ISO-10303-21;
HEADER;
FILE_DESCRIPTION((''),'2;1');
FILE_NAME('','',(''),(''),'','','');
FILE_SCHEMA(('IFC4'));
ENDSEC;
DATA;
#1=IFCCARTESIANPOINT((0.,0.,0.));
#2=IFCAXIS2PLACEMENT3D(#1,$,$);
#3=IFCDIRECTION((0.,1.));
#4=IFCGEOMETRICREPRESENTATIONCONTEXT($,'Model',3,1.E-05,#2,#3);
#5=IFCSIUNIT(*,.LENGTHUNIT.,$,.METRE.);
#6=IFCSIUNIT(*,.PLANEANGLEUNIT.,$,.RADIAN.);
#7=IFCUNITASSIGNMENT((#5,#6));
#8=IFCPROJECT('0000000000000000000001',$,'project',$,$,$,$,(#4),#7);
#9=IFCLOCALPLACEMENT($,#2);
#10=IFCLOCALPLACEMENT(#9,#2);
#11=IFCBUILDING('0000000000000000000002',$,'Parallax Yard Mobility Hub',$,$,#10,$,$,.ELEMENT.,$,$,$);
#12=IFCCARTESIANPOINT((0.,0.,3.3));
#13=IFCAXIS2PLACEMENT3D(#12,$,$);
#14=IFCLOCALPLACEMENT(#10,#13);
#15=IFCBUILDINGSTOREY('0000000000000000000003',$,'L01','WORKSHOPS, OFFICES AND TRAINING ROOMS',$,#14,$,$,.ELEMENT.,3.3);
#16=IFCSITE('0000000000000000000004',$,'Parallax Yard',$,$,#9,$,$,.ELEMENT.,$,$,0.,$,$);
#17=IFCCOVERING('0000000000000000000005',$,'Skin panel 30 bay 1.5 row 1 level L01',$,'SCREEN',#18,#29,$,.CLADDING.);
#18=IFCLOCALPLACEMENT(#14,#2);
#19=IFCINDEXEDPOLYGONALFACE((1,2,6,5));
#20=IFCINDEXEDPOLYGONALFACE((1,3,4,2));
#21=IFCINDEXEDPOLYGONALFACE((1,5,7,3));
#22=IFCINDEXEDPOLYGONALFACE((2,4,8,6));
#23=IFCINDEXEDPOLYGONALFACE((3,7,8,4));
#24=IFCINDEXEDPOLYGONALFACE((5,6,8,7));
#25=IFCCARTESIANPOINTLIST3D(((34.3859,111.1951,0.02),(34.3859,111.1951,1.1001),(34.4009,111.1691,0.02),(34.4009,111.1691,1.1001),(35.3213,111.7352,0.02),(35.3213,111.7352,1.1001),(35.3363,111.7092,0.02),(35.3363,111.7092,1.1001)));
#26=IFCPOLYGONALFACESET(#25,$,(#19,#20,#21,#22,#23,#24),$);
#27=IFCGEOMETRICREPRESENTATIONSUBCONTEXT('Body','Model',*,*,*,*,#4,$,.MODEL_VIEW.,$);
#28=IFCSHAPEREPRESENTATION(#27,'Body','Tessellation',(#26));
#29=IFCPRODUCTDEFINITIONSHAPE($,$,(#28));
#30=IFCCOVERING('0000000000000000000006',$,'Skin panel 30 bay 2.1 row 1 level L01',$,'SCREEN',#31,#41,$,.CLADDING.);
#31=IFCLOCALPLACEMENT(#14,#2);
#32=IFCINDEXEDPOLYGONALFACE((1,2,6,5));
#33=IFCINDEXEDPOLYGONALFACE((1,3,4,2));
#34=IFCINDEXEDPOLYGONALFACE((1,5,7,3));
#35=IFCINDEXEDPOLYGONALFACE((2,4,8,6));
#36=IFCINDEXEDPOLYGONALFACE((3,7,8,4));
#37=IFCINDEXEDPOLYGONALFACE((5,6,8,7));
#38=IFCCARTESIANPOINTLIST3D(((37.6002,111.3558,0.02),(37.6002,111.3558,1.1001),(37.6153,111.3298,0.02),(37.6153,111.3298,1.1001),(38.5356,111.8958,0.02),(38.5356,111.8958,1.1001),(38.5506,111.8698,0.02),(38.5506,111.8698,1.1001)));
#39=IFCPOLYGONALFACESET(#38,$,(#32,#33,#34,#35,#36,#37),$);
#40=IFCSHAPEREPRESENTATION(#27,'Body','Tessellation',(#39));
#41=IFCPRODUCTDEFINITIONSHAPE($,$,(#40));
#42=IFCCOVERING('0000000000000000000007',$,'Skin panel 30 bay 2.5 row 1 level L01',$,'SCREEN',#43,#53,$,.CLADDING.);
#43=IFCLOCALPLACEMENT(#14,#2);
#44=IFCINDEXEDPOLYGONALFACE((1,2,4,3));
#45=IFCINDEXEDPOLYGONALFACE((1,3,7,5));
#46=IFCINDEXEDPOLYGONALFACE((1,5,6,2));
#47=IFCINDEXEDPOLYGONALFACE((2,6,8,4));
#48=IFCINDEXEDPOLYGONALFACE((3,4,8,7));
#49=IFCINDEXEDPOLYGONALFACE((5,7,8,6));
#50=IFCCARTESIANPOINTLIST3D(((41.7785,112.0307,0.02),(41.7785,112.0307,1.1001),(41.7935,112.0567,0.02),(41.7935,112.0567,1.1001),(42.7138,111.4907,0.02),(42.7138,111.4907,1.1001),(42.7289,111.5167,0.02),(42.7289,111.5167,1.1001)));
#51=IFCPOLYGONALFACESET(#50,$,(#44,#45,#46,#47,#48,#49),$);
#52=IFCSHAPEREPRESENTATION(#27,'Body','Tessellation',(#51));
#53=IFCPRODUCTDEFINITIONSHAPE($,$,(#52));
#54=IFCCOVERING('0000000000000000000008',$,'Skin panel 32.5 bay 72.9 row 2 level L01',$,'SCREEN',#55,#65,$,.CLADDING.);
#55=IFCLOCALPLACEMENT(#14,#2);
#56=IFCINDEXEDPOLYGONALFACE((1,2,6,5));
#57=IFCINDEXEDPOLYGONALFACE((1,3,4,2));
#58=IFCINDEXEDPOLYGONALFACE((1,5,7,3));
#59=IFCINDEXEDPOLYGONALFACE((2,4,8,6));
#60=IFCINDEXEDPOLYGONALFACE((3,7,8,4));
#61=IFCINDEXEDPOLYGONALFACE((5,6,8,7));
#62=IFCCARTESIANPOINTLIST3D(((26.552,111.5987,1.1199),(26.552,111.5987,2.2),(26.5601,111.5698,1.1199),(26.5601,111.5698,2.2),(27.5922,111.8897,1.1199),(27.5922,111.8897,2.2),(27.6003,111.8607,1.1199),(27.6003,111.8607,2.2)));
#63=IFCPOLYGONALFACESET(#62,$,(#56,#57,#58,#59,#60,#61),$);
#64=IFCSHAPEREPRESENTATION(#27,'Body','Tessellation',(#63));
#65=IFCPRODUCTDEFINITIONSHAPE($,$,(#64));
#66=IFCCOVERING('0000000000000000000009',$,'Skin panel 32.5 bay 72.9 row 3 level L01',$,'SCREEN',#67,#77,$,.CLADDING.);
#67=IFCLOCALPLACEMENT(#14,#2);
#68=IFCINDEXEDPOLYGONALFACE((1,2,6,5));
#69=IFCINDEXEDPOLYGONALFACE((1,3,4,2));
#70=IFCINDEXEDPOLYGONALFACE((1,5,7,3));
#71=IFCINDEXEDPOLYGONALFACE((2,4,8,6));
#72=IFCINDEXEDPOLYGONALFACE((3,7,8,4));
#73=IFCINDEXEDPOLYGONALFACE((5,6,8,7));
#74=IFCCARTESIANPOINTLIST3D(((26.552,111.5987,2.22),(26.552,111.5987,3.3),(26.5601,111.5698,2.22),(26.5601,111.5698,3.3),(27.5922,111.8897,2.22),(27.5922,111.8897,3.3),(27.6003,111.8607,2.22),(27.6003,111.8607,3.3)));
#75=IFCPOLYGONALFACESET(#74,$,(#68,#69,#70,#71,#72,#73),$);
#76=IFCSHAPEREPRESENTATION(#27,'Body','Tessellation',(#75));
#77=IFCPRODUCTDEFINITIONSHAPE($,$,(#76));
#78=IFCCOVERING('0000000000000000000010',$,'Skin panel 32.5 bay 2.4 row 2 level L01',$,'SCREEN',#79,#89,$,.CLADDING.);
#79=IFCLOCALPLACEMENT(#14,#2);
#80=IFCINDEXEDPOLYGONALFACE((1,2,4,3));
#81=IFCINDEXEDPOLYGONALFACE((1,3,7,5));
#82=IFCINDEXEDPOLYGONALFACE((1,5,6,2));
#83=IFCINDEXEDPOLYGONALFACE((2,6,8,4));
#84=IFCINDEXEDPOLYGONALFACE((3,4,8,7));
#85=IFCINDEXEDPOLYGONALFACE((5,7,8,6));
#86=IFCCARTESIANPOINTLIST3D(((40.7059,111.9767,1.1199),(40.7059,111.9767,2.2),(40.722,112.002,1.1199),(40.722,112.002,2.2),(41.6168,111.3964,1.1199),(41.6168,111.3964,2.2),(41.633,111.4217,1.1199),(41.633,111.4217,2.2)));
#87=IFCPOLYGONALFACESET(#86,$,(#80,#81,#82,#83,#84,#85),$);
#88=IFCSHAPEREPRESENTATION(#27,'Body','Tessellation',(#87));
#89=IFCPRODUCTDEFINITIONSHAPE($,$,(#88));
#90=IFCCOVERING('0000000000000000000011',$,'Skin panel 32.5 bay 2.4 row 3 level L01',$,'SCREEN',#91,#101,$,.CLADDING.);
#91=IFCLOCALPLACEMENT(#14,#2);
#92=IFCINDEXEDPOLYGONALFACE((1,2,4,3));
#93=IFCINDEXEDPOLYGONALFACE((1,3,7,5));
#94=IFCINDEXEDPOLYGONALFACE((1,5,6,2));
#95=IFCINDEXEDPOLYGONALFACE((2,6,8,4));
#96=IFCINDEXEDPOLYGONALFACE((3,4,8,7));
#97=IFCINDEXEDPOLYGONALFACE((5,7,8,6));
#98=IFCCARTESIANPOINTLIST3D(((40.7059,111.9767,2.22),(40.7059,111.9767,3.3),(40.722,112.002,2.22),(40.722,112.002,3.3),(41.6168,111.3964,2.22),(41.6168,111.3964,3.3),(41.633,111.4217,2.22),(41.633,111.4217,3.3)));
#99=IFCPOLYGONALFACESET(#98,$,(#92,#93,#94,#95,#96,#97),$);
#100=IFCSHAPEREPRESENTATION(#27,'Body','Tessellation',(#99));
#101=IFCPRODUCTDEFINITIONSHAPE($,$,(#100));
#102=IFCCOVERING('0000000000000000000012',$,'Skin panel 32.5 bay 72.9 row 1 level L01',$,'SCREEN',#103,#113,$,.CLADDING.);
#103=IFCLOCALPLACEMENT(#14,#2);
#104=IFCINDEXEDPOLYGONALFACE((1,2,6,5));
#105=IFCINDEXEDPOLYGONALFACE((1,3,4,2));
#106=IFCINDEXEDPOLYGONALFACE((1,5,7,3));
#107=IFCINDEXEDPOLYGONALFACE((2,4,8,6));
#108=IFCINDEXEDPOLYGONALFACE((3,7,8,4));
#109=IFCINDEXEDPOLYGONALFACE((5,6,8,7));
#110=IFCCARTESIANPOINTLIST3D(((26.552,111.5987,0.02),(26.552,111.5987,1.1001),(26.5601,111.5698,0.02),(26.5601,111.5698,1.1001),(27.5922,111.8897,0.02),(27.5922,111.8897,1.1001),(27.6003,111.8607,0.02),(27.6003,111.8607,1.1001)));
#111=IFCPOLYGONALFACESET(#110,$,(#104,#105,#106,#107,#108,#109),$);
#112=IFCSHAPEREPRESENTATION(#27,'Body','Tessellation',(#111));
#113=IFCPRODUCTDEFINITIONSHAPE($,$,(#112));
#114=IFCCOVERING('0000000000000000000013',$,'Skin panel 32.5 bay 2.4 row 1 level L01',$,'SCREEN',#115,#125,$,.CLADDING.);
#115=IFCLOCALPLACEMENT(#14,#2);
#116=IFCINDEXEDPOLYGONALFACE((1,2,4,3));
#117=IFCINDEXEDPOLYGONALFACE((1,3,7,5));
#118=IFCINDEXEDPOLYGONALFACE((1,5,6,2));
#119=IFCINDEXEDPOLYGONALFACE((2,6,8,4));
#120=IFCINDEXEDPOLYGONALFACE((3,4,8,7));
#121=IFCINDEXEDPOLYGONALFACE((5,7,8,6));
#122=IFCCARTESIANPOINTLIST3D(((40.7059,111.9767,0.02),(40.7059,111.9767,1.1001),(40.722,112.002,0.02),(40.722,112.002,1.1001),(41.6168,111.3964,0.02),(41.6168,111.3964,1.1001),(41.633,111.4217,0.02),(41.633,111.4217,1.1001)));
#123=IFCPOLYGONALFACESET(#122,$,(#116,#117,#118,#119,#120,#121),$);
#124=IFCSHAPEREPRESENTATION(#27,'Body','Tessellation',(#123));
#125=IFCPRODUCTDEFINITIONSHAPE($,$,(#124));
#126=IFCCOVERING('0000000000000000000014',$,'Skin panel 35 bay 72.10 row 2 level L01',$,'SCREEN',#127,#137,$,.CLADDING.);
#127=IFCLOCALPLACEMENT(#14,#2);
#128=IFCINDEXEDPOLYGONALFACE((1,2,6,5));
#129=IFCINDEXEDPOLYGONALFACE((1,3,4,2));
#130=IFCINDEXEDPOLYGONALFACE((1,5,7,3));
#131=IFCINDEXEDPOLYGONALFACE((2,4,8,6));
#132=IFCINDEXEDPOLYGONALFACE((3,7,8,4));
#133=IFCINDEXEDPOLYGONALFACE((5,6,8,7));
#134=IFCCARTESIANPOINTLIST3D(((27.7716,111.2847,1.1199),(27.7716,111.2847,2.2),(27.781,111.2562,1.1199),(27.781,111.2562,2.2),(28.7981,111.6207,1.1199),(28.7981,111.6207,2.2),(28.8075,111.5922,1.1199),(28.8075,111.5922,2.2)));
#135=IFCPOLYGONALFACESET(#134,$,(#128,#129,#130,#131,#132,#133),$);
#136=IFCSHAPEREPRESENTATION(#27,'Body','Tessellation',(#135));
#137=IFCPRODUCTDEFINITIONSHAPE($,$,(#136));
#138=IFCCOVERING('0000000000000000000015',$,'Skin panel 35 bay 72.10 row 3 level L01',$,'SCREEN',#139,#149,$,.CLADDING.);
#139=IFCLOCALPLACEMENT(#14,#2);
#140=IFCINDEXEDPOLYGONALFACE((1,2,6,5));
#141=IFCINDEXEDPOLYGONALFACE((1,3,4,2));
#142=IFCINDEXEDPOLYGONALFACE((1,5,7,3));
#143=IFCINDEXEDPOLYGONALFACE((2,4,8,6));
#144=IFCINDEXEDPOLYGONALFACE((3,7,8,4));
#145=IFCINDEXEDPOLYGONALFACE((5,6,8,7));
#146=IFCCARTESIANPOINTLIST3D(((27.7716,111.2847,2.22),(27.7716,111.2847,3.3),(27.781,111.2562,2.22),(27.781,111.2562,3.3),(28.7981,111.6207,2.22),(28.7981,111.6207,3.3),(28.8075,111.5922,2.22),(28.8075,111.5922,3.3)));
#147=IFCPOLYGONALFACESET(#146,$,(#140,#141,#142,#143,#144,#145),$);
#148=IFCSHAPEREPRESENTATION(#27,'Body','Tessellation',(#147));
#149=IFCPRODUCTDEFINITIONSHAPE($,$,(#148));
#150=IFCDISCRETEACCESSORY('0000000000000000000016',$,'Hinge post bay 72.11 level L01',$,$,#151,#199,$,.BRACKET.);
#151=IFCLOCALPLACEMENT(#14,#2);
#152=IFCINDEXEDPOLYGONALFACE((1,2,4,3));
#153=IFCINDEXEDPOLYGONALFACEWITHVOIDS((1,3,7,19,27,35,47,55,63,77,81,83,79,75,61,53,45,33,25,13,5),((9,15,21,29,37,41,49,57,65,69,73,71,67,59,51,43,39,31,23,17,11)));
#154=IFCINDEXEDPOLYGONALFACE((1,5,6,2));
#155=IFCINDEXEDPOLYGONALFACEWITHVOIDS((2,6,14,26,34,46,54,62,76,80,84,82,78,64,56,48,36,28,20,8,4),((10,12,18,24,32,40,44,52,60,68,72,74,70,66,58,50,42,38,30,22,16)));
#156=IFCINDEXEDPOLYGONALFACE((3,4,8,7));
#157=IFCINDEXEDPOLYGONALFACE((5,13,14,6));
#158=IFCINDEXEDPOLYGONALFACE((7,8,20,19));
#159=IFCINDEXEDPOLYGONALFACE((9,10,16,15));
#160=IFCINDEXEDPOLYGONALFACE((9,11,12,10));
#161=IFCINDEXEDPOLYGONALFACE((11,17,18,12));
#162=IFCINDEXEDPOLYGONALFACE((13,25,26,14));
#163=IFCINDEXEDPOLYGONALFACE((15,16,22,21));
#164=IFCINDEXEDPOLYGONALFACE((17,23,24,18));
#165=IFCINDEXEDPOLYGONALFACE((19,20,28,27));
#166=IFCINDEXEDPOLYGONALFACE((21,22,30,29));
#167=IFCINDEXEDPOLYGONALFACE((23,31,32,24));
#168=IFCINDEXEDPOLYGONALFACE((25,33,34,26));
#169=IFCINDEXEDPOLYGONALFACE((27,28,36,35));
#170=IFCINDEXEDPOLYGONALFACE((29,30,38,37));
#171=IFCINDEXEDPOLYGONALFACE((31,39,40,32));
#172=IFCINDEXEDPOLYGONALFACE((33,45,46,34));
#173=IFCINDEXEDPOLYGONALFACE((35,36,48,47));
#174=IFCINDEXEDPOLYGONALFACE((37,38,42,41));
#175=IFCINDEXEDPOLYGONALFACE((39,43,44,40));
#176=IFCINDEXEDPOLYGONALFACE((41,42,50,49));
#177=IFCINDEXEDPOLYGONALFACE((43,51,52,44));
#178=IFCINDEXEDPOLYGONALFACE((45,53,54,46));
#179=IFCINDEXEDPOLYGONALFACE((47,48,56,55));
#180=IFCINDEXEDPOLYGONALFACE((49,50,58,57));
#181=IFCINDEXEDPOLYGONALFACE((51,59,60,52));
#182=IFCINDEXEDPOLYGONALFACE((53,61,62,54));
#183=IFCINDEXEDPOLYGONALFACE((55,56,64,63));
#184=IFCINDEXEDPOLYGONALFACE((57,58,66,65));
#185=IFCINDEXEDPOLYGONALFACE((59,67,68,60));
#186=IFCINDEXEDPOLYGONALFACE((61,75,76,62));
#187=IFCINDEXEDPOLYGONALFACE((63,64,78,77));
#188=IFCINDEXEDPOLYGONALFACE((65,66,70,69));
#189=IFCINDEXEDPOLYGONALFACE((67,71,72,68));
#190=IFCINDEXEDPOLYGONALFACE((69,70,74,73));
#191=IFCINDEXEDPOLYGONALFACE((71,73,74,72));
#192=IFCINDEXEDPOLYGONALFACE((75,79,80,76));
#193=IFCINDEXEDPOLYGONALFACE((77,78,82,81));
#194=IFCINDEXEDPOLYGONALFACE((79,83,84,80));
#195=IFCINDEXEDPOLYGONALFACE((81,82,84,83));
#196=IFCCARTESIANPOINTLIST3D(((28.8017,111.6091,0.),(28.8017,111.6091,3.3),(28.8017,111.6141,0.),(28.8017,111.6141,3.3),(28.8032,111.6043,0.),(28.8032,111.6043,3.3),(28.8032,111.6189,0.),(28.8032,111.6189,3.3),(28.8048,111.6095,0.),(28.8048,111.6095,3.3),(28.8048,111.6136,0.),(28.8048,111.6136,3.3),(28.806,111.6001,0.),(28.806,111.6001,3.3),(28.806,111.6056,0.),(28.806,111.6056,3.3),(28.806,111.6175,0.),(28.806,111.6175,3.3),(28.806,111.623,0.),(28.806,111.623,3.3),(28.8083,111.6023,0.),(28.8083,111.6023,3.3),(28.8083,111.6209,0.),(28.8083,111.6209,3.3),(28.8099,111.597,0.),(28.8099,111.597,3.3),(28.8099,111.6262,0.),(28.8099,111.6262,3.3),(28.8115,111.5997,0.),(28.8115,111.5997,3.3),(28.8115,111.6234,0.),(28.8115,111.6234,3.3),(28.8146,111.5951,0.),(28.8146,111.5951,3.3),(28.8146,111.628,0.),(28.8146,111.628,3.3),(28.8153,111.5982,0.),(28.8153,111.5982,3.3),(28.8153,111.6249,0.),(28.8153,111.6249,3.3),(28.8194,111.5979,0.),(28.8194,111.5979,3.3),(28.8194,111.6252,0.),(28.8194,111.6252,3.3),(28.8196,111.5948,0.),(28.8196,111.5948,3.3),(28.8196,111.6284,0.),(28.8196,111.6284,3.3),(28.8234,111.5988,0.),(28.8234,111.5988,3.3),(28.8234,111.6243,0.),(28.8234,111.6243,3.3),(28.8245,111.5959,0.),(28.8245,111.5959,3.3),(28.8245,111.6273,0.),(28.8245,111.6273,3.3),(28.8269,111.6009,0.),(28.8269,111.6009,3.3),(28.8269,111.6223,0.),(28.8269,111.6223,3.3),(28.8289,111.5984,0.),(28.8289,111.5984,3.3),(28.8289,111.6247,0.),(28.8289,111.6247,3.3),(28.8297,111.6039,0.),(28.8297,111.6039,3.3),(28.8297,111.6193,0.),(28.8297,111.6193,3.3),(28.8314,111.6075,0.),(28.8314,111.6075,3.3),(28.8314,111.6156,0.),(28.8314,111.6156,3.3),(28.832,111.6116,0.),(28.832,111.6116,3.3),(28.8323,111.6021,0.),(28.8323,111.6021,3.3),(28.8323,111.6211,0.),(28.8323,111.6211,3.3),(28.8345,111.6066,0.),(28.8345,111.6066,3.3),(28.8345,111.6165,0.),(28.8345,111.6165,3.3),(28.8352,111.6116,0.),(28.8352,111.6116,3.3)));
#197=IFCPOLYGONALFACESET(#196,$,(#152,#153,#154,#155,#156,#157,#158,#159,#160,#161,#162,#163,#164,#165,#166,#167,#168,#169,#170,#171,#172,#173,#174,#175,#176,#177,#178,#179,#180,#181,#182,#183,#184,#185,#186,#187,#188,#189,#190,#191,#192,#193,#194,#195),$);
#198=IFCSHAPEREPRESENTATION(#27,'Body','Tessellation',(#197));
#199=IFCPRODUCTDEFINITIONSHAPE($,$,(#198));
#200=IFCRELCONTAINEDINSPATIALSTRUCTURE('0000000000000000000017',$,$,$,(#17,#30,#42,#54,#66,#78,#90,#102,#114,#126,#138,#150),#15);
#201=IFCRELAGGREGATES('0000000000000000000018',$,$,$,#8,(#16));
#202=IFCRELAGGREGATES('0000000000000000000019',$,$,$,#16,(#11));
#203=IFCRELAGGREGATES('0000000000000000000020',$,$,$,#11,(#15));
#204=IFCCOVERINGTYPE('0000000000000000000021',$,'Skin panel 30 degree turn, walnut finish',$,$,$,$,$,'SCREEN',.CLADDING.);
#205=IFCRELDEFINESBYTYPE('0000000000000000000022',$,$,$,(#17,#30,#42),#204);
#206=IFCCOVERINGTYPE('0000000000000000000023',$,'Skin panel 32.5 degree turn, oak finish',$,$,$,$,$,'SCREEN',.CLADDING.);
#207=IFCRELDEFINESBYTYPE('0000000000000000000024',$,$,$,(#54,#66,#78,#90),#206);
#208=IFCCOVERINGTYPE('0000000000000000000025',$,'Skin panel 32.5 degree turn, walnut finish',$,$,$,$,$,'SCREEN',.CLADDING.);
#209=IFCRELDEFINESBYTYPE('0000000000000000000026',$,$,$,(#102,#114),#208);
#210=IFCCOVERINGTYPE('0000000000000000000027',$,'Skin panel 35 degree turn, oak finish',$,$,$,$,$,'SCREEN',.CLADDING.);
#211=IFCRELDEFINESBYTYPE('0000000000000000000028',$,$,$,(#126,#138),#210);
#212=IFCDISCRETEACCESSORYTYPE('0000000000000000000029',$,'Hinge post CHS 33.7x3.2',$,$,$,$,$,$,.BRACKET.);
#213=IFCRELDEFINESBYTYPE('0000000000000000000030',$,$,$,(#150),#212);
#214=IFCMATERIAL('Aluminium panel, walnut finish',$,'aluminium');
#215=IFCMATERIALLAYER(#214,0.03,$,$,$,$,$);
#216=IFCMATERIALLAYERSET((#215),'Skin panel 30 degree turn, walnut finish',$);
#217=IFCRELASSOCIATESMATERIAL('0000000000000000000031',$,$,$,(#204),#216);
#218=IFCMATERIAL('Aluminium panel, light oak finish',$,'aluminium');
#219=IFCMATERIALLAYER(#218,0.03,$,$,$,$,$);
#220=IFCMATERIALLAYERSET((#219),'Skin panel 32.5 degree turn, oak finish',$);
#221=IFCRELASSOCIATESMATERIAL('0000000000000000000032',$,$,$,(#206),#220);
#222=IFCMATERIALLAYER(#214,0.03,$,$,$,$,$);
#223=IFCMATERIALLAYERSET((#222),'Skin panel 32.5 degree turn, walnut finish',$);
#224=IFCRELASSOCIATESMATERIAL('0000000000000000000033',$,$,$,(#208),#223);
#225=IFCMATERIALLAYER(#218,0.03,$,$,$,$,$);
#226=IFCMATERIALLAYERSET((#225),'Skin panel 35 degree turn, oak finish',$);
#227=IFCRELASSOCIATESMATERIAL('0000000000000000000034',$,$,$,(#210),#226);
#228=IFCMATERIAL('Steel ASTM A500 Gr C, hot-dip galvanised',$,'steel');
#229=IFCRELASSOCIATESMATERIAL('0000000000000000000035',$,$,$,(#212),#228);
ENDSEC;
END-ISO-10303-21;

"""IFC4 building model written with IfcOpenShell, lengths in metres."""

from ifc_helpers import new_model, si_unit, direction, frame, origin, origin_2d, place, context, subcontext, project, spatial, rectangle, hollow_circle, extrude, material, layer, layer_set, material_profile, profile_set, type_object, element, save


model = new_model("IFC4")

# Units and contexts
model_context = context("Model", 3, precision=1e-05, world=origin(), true_north=direction((0.0, 1.0)))
body_context = subcontext(model_context, "Body", "Model", "MODEL_VIEW")
ifc_project = project(units=[si_unit("LENGTHUNIT", "METRE"), si_unit("PLANEANGLEUNIT", "RADIAN")], contexts=[model_context])

# Site, building, storey
site_placement = place(None, origin())
site = spatial("IfcSite", under=ifc_project, at=site_placement, Name="Parallax Yard", CompositionType="ELEMENT", RefElevation=0.0)
building_placement = place(site_placement, origin())
building = spatial("IfcBuilding", under=site, at=building_placement, Name="Parallax Yard Mobility Hub", CompositionType="ELEMENT")
storey_placement = place(building_placement, frame((0.0, 0.0, 3.3)))
storey = spatial("IfcBuildingStorey", under=building, at=storey_placement, Name="L01", Description="WORKSHOPS, OFFICES AND TRAINING ROOMS", CompositionType="ELEMENT", Elevation=3.3)

# Coverings
ifc_material_1 = material(Name="Aluminium panel, light oak finish", Category="aluminium")
ifc_material_2 = material(Name="Aluminium panel, walnut finish", Category="aluminium")
ifc_layer_1 = layer(ifc_material_2, 0.03)
ifc_layer_set_1 = layer_set([ifc_layer_1], Name="Skin panel 30 degree turn, walnut finish")
covering_type_1 = type_object("IfcCoveringType", Name="Skin panel 30 degree turn, walnut finish", ElementType="SCREEN", PredefinedType="CLADDING", material=ifc_layer_set_1)
for number, where, z_axis, x_axis, name in (
    (1, (34.8611, 111.4521, 0.02), (0.0, 0.0, 1.0), (-0.866025, -0.5, 0.0), "Skin panel 30 bay 1.5 row 1 level L01"),
    (2, (38.0754, 111.6128, 0.02), (0.0, 0.0, 1.0), (-0.866025, -0.5, 0.0), "Skin panel 30 bay 2.1 row 1 level L01"),
    (3, (42.2537, 111.7737, 0.02), (0.0, 0.0, 1.0), (0.866025, -0.5, 0.0), "Skin panel 30 bay 2.5 row 1 level L01"),
):
    element("IfcCovering", number, at=place(storey_placement, frame(where, z_axis=z_axis, x_axis=x_axis)), inside=storey, type_object=covering_type_1, Name=name, ObjectType="SCREEN", PredefinedType="CLADDING", context=body_context, shape_type="SweptSolid", body=[
        extrude(rectangle(XDim=1.0801, YDim=0.03, at=origin_2d()), origin(), (0.0, 0.0, 1.0), 1.0801),
    ])
ifc_layer_2 = layer(ifc_material_1, 0.03)
ifc_layer_set_2 = layer_set([ifc_layer_2], Name="Skin panel 32.5 degree turn, oak finish")
covering_type_2 = type_object("IfcCoveringType", Name="Skin panel 32.5 degree turn, oak finish", ElementType="SCREEN", PredefinedType="CLADDING", material=ifc_layer_set_2)
for number, where, z_axis, x_axis, name in (
    (4, (27.0762, 111.7297, 1.1199), (0.0, 0.0, 1.0), (-0.963045, -0.26934, 0.0), "Skin panel 32.5 bay 72.9 row 2 level L01"),
    (5, (27.0762, 111.7297, 2.22), (0.0, 0.0, 1.0), (-0.963045, -0.26934, 0.0), "Skin panel 32.5 bay 72.9 row 3 level L01"),
    (6, (41.1694, 111.6992, 1.1199), (0.0, 0.0, 1.0), (0.843391, -0.5373, 0.0), "Skin panel 32.5 bay 2.4 row 2 level L01"),
    (7, (41.1694, 111.6992, 2.22), (0.0, 0.0, 1.0), (0.843391, -0.5373, 0.0), "Skin panel 32.5 bay 2.4 row 3 level L01"),
):
    element("IfcCovering", number, at=place(storey_placement, frame(where, z_axis=z_axis, x_axis=x_axis)), inside=storey, type_object=covering_type_2, Name=name, ObjectType="SCREEN", PredefinedType="CLADDING", context=body_context, shape_type="SweptSolid", body=[
        extrude(rectangle(XDim=1.0801, YDim=0.03, at=origin_2d()), origin(), (0.0, 0.0, 1.0), 1.0801),
    ])
ifc_layer_3 = layer(ifc_material_2, 0.03)
ifc_layer_set_3 = layer_set([ifc_layer_3], Name="Skin panel 32.5 degree turn, walnut finish")
covering_type_3 = type_object("IfcCoveringType", Name="Skin panel 32.5 degree turn, walnut finish", ElementType="SCREEN", PredefinedType="CLADDING", material=ifc_layer_set_3)
for number, where, z_axis, x_axis, name in (
    (8, (27.0762, 111.7297, 0.02), (0.0, 0.0, 1.0), (-0.963045, -0.26934, 0.0), "Skin panel 32.5 bay 72.9 row 1 level L01"),
    (9, (41.1694, 111.6992, 0.02), (0.0, 0.0, 1.0), (0.843391, -0.5373, 0.0), "Skin panel 32.5 bay 2.4 row 1 level L01"),
):
    element("IfcCovering", number, at=place(storey_placement, frame(where, z_axis=z_axis, x_axis=x_axis)), inside=storey, type_object=covering_type_3, Name=name, ObjectType="SCREEN", PredefinedType="CLADDING", context=body_context, shape_type="SweptSolid", body=[
        extrude(rectangle(XDim=1.0801, YDim=0.03, at=origin_2d()), origin(), (0.0, 0.0, 1.0), 1.0801),
    ])
ifc_layer_4 = layer(ifc_material_1, 0.03)
ifc_layer_set_4 = layer_set([ifc_layer_4], Name="Skin panel 35 degree turn, oak finish")
covering_type_4 = type_object("IfcCoveringType", Name="Skin panel 35 degree turn, oak finish", ElementType="SCREEN", PredefinedType="CLADDING", material=ifc_layer_set_4)
for number, where, z_axis, x_axis, name in (
    (10, (28.2896, 111.4385, 1.1199), (0.0, 0.0, 1.0), (-0.95038, -0.311091, 0.0), "Skin panel 35 bay 72.10 row 2 level L01"),
    (11, (28.2896, 111.4385, 2.22), (0.0, 0.0, 1.0), (-0.95038, -0.311091, 0.0), "Skin panel 35 bay 72.10 row 3 level L01"),
):
    element("IfcCovering", number, at=place(storey_placement, frame(where, z_axis=z_axis, x_axis=x_axis)), inside=storey, type_object=covering_type_4, Name=name, ObjectType="SCREEN", PredefinedType="CLADDING", context=body_context, shape_type="SweptSolid", body=[
        extrude(rectangle(XDim=1.0801, YDim=0.03, at=origin_2d()), origin(), (0.0, 0.0, 1.0), 1.0801),
    ])

# Discrete accessory
ifc_material_3 = material(Name="Steel ASTM A500 Gr C, hot-dip galvanised", Category="steel")
ifc_material_profile = material_profile(ifc_material_3, hollow_circle(Radius=0.0168, WallThickness=0.0032, at=origin_2d()), Name="CHS 33.7x3.2")
ifc_profile_set = profile_set([ifc_material_profile], Name="Steel ASTM A500 Gr C, hot-dip galvanised")
discrete_accessory_type = type_object("IfcDiscreteAccessoryType", Name="Hinge post CHS 33.7x3.2", PredefinedType="BRACKET", material=ifc_profile_set)
for number, where, z_axis, x_axis, name in (
    (12, (28.8184, 111.6116, 0.0), (0.0, 0.0, 1.0), (1.0, 0.0, 0.0), "Hinge post bay 72.11 level L01"),
):
    element("IfcDiscreteAccessory", number, at=place(storey_placement, frame(where, z_axis=z_axis, x_axis=x_axis)), inside=storey, type_object=discrete_accessory_type, Name=name, PredefinedType="BRACKET", context=body_context, shape_type="SweptSolid", body=[
        extrude(hollow_circle(Radius=0.0168, WallThickness=0.0032, at=origin_2d()), origin(), (0.0, 0.0, 1.0), 3.3),
    ])

save(model, "model.ifc")
